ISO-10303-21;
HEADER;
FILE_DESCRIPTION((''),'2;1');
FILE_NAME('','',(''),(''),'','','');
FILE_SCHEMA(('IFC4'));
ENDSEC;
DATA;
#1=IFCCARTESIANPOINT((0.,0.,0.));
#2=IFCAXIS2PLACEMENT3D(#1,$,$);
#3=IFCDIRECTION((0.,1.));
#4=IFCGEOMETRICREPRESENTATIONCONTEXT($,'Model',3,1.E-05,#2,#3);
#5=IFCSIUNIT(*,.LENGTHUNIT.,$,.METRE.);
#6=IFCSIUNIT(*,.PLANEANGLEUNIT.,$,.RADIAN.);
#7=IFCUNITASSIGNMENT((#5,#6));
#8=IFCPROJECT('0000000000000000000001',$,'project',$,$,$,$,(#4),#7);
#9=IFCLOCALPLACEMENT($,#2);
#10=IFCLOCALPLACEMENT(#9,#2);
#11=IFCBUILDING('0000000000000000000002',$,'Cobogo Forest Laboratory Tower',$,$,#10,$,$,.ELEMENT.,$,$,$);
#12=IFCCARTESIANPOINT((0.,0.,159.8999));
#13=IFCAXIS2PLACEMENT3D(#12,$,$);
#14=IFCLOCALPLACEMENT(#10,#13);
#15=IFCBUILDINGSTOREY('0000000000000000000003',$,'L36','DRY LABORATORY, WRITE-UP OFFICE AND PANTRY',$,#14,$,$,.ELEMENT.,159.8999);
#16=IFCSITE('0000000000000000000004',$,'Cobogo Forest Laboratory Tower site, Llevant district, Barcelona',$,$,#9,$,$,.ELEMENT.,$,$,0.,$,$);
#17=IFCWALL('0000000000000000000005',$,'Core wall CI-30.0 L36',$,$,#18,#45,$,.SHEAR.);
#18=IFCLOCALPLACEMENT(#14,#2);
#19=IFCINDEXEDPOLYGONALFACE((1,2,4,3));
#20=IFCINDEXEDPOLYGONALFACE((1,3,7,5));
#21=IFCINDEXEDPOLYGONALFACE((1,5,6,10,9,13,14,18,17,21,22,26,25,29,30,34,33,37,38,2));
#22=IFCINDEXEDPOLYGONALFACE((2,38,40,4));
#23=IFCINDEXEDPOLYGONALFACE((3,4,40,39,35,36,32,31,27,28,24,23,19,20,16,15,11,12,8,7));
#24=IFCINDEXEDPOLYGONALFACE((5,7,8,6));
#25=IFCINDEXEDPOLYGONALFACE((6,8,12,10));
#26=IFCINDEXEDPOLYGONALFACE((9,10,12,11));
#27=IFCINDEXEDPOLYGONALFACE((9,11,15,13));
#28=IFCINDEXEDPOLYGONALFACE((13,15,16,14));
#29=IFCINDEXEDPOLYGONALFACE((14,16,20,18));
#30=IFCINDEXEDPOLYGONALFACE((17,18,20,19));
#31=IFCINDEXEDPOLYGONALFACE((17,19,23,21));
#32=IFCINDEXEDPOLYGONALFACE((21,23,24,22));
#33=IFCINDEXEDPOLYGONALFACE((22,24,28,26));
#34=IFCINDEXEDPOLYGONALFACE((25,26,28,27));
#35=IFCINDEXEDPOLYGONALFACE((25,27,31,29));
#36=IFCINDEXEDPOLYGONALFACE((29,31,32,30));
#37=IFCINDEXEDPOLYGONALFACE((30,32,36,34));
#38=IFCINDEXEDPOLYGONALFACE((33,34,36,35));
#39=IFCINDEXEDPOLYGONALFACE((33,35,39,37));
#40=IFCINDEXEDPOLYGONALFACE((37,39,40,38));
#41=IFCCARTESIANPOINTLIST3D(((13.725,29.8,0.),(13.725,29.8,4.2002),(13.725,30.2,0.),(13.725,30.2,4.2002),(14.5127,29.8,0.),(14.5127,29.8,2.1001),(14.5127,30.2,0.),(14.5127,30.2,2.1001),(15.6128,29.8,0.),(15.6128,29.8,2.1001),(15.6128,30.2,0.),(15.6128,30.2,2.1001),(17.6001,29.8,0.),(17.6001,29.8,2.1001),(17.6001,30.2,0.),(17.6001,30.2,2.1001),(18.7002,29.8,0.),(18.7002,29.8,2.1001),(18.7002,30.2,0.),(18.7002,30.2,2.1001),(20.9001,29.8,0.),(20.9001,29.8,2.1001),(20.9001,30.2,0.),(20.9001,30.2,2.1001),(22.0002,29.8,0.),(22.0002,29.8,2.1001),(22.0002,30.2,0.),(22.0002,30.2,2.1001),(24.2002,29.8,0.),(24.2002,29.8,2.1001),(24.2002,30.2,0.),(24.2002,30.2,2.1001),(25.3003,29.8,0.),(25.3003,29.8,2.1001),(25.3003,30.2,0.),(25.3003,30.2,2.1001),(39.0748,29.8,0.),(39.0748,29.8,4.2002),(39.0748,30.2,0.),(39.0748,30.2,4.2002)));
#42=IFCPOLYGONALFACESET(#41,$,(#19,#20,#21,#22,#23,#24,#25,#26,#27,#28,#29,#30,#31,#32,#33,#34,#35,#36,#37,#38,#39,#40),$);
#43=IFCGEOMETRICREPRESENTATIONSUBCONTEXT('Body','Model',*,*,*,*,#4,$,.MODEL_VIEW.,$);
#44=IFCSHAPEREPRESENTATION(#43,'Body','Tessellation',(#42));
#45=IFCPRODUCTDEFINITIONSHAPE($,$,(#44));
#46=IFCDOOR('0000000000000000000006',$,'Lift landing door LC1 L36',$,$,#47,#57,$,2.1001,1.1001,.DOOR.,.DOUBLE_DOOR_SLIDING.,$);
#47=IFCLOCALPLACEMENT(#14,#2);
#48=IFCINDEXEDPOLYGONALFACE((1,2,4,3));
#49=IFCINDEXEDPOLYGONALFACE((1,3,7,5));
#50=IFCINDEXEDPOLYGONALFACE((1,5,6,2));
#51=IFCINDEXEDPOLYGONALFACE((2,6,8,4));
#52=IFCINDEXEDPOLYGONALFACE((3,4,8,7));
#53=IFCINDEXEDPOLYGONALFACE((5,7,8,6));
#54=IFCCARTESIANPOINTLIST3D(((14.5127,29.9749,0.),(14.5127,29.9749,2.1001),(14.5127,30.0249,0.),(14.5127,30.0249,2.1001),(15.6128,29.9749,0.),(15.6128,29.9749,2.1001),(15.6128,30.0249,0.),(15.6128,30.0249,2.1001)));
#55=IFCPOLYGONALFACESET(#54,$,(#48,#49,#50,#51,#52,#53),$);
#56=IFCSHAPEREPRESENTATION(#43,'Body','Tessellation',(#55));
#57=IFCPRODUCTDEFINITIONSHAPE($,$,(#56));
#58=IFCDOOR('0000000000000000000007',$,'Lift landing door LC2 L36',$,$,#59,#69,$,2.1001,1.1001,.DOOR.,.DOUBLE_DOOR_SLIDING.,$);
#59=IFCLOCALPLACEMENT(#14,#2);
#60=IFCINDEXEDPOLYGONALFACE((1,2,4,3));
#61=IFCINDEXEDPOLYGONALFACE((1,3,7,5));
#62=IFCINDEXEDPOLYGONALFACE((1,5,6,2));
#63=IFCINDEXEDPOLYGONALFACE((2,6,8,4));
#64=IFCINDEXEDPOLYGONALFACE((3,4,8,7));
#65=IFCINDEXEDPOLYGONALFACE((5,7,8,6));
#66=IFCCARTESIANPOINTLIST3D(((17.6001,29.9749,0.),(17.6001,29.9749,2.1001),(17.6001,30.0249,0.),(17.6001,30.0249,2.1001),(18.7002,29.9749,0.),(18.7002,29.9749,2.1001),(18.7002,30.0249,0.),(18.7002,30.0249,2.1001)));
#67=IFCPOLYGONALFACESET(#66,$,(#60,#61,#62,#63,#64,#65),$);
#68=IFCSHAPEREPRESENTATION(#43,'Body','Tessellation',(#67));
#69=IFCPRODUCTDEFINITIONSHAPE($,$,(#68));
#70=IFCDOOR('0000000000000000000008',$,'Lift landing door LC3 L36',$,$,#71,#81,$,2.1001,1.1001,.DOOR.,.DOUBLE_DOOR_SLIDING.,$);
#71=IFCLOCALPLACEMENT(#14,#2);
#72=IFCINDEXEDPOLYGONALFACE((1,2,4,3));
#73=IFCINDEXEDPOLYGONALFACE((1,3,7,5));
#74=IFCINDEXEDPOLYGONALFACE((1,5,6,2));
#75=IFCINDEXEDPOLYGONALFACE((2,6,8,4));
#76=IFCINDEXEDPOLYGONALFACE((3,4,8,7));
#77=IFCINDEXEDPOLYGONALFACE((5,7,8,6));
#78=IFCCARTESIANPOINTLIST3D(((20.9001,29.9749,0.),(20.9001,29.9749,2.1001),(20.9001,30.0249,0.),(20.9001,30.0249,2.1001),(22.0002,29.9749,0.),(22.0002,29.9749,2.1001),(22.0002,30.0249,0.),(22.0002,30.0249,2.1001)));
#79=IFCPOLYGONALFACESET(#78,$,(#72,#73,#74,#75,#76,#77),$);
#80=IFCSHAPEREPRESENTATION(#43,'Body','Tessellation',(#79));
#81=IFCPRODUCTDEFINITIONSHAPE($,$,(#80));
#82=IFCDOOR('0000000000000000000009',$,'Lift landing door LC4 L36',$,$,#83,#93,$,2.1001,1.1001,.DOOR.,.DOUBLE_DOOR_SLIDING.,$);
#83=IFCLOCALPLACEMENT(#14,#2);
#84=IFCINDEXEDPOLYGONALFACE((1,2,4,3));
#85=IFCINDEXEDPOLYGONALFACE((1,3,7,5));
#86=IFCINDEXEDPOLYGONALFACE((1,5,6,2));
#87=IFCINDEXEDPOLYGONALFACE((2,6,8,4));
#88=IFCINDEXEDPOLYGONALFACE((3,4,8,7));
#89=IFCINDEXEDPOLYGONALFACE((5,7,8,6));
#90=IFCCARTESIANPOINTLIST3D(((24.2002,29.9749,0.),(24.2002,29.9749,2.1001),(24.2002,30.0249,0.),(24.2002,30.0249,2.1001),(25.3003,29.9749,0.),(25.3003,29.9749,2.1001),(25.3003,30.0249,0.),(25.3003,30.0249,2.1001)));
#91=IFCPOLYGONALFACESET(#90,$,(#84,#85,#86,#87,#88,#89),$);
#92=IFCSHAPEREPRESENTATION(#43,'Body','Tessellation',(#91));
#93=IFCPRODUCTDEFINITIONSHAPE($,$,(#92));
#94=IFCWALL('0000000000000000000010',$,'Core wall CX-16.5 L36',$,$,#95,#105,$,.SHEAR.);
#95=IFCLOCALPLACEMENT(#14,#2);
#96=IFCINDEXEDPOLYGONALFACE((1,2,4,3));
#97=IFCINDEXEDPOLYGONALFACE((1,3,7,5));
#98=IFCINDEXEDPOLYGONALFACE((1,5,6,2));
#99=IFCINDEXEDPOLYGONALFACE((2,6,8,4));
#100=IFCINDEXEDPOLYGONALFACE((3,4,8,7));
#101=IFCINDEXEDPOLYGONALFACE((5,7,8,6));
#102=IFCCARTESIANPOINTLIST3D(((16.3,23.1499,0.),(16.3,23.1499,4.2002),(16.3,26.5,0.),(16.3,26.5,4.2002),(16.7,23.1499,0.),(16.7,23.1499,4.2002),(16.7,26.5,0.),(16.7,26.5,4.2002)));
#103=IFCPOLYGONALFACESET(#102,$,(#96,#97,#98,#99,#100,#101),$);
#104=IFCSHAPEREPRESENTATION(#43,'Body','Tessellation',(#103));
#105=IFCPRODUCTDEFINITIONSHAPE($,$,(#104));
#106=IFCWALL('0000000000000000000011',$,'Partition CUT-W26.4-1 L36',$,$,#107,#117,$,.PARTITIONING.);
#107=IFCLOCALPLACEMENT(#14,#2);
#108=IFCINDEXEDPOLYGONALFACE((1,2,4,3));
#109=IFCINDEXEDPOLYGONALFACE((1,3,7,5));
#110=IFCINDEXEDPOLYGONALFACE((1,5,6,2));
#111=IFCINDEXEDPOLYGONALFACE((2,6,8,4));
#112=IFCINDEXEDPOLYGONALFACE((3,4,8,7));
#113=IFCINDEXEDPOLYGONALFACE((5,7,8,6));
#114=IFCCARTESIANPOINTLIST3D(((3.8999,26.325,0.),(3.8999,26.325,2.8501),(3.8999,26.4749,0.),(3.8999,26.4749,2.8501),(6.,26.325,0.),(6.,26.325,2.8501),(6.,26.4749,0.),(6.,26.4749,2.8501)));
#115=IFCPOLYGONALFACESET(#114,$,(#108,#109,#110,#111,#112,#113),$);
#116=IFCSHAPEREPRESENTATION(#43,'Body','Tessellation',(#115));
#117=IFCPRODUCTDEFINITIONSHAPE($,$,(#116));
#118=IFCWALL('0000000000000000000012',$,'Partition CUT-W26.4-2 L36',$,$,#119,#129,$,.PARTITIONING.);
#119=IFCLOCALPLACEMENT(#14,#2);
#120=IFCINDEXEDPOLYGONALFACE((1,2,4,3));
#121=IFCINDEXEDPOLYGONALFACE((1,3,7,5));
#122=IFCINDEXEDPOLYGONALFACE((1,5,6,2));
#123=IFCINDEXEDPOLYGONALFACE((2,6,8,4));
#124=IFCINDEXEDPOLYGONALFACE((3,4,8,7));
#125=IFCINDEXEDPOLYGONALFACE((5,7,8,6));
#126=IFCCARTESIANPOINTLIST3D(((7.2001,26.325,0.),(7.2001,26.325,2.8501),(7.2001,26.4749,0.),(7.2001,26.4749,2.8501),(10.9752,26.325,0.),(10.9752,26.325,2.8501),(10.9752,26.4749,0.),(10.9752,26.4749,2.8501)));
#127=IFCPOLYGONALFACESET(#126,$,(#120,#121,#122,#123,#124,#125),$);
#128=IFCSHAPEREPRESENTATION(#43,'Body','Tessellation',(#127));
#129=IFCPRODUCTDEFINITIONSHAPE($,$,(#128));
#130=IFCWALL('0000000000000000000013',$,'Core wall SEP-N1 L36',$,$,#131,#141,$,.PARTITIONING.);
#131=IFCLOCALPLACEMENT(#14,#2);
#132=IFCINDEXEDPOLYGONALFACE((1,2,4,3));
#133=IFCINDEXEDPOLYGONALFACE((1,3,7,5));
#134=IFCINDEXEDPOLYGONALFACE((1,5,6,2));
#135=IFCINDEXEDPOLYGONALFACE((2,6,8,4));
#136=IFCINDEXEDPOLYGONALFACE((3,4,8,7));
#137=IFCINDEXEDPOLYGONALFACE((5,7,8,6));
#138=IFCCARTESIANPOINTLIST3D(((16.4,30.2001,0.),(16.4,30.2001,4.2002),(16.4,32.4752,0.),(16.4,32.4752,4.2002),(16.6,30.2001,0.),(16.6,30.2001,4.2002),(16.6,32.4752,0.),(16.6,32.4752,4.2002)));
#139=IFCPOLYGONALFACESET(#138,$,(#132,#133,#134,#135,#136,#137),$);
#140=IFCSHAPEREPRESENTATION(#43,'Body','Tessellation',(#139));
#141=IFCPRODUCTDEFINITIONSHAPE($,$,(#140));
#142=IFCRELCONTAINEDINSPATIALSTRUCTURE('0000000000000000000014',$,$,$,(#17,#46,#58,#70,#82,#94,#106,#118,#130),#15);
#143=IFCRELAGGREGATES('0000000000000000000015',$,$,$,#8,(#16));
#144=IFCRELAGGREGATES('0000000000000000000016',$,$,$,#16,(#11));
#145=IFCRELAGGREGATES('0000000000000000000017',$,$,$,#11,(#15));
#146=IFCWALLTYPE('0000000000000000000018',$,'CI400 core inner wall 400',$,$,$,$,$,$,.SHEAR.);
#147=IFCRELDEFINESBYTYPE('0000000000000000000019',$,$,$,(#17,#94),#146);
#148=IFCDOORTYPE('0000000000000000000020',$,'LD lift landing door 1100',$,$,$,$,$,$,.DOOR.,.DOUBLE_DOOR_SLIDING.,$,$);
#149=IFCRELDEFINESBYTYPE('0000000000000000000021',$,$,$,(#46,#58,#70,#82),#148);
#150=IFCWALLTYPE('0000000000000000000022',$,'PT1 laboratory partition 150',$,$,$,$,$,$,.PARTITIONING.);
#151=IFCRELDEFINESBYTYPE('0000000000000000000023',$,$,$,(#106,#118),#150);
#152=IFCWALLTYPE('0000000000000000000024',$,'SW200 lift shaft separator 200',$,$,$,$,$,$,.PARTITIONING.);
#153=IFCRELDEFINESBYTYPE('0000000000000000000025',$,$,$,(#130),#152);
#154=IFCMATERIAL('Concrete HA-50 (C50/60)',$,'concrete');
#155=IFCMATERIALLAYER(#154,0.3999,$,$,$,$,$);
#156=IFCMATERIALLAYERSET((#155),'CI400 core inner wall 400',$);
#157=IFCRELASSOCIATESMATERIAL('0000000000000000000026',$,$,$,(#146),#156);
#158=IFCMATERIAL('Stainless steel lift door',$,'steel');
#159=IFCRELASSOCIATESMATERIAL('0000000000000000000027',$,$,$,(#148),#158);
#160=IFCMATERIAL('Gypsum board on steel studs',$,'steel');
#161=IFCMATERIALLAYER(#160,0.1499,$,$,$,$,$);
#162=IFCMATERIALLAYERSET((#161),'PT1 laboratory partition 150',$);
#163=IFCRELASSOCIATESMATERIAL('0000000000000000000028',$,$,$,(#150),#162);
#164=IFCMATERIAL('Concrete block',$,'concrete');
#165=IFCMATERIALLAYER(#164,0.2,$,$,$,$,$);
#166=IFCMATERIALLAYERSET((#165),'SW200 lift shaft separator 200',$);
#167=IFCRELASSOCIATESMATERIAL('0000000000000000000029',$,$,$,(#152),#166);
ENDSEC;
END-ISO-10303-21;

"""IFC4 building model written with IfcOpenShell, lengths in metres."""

from ifc_helpers import new_model, si_unit, direction, frame, frame_2d, origin, place, context, subcontext, project, spatial, rectangle, extrude, material, layer, layer_set, type_object, element, fill, save


model = new_model("IFC4")

# Units and contexts
model_context = context("Model", 3, precision=1e-05, world=origin(), true_north=direction((0.0, 1.0)))
body_context = subcontext(model_context, "Body", "Model", "MODEL_VIEW")
ifc_project = project(units=[si_unit("LENGTHUNIT", "METRE"), si_unit("PLANEANGLEUNIT", "RADIAN")], contexts=[model_context])

# Site, building, storey
site_placement = place(None, origin())
site = spatial("IfcSite", under=ifc_project, at=site_placement, Name="Cobogo Forest Laboratory Tower site, Llevant district, Barcelona", CompositionType="ELEMENT", RefElevation=0.0)
building_placement = place(site_placement, origin())
building = spatial("IfcBuilding", under=site, at=building_placement, Name="Cobogo Forest Laboratory Tower", CompositionType="ELEMENT")
storey_placement = place(building_placement, frame((0.0, 0.0, 159.8999)))
storey = spatial("IfcBuildingStorey", under=building, at=storey_placement, Name="L36", Description="DRY LABORATORY, WRITE-UP OFFICE AND PANTRY", CompositionType="ELEMENT", Elevation=159.8999)

# Shared definitions
ifc_material_1 = material(Name="Concrete HA-50 (C50/60)", Category="concrete")

# Shared definitions
ifc_layer_1 = layer(ifc_material_1, 0.3999)
ifc_layer_set_1 = layer_set([ifc_layer_1], Name="CI400 core inner wall 400")
wall_type_1 = type_object("IfcWallType", Name="CI400 core inner wall 400", PredefinedType="SHEAR", material=ifc_layer_set_1)

# Wall, openings, doors
ifc_material_2 = material(Name="Stainless steel lift door", Category="steel")
door_type_1 = type_object("IfcDoorType", Name="LD lift landing door 1100", OperationType="DOUBLE_DOOR_SLIDING", PredefinedType="DOOR", material=ifc_material_2)
wall_1_placement = place(storey_placement, frame((13.7251, 30.0, 0.0), z_axis=(0.0, 0.0, 1.0), x_axis=(1.0, 0.0, 0.0)))
wall_1 = element("IfcWall", 1, at=wall_1_placement, inside=storey, type_object=wall_type_1, Name="Core wall CI-30.0 L36", PredefinedType="SHEAR", context=body_context, shape_type="SweptSolid", body=[
    extrude(rectangle(XDim=25.3499, YDim=0.3999, at=frame_2d((12.6748, 0.0))), origin(), (0.0, 0.0, 1.0), 4.2002),
])
opening_1_placement = place(wall_1_placement, frame((0.7876, 0.0, 0.0)))
opening_1 = element("IfcOpeningElement", 2, at=opening_1_placement, cuts=wall_1, PredefinedType="OPENING", context=body_context, shape_type="SweptSolid", body=[
    extrude(rectangle(XDim=1.1001, YDim=2.1001, at=frame_2d((0.55, 1.05))), frame((0.0, 0.21, 0.0), z_axis=(0.0, -1.0, 0.0), x_axis=(1.0, 0.0, 0.0)), (0.0, 0.0, 1.0), 0.4199),
])
opening_2_placement = place(wall_1_placement, frame((3.875, 0.0, 0.0)))
opening_2 = element("IfcOpeningElement", 3, at=opening_2_placement, cuts=wall_1, PredefinedType="OPENING", context=body_context, shape_type="SweptSolid", body=[
    extrude(rectangle(XDim=1.1001, YDim=2.1001, at=frame_2d((0.55, 1.05))), frame((0.0, 0.21, 0.0), z_axis=(0.0, -1.0, 0.0), x_axis=(1.0, 0.0, 0.0)), (0.0, 0.0, 1.0), 0.4199),
])
opening_3_placement = place(wall_1_placement, frame((7.175, 0.0, 0.0)))
opening_3 = element("IfcOpeningElement", 4, at=opening_3_placement, cuts=wall_1, PredefinedType="OPENING", context=body_context, shape_type="SweptSolid", body=[
    extrude(rectangle(XDim=1.1001, YDim=2.1001, at=frame_2d((0.55, 1.05))), frame((0.0, 0.21, 0.0), z_axis=(0.0, -1.0, 0.0), x_axis=(1.0, 0.0, 0.0)), (0.0, 0.0, 1.0), 0.4199),
])
opening_4_placement = place(wall_1_placement, frame((10.4751, 0.0, 0.0)))
opening_4 = element("IfcOpeningElement", 5, at=opening_4_placement, cuts=wall_1, PredefinedType="OPENING", context=body_context, shape_type="SweptSolid", body=[
    extrude(rectangle(XDim=1.1001, YDim=2.1001, at=frame_2d((0.55, 1.05))), frame((0.0, 0.21, 0.0), z_axis=(0.0, -1.0, 0.0), x_axis=(1.0, 0.0, 0.0)), (0.0, 0.0, 1.0), 0.4199),
])
door_1_placement = place(opening_1_placement, origin())
door_1 = element("IfcDoor", 6, at=door_1_placement, inside=storey, type_object=door_type_1, Name="Lift landing door LC1 L36", OperationType="DOUBLE_DOOR_SLIDING", OverallHeight=2.1001, OverallWidth=1.1001, PredefinedType="DOOR", context=body_context, shape_type="SweptSolid", body=[
    extrude(rectangle(XDim=1.1001, YDim=2.1001, at=frame_2d((0.55, 1.05))), frame((0.0, 0.0249, 0.0), z_axis=(0.0, -1.0, 0.0), x_axis=(1.0, 0.0, 0.0)), (0.0, 0.0, 1.0), 0.05),
])
fill(opening_1, door_1)
door_2_placement = place(opening_2_placement, origin())
door_2 = element("IfcDoor", 7, at=door_2_placement, inside=storey, type_object=door_type_1, Name="Lift landing door LC2 L36", OperationType="DOUBLE_DOOR_SLIDING", OverallHeight=2.1001, OverallWidth=1.1001, PredefinedType="DOOR", context=body_context, shape_type="SweptSolid", body=[
    extrude(rectangle(XDim=1.1001, YDim=2.1001, at=frame_2d((0.55, 1.05))), frame((0.0, 0.0249, 0.0), z_axis=(0.0, -1.0, 0.0), x_axis=(1.0, 0.0, 0.0)), (0.0, 0.0, 1.0), 0.05),
])
fill(opening_2, door_2)
door_3_placement = place(opening_3_placement, origin())
door_3 = element("IfcDoor", 8, at=door_3_placement, inside=storey, type_object=door_type_1, Name="Lift landing door LC3 L36", OperationType="DOUBLE_DOOR_SLIDING", OverallHeight=2.1001, OverallWidth=1.1001, PredefinedType="DOOR", context=body_context, shape_type="SweptSolid", body=[
    extrude(rectangle(XDim=1.1001, YDim=2.1001, at=frame_2d((0.55, 1.05))), frame((0.0, 0.0249, 0.0), z_axis=(0.0, -1.0, 0.0), x_axis=(1.0, 0.0, 0.0)), (0.0, 0.0, 1.0), 0.05),
])
fill(opening_3, door_3)
door_4_placement = place(opening_4_placement, origin())
door_4 = element("IfcDoor", 9, at=door_4_placement, inside=storey, type_object=door_type_1, Name="Lift landing door LC4 L36", OperationType="DOUBLE_DOOR_SLIDING", OverallHeight=2.1001, OverallWidth=1.1001, PredefinedType="DOOR", context=body_context, shape_type="SweptSolid", body=[
    extrude(rectangle(XDim=1.1001, YDim=2.1001, at=frame_2d((0.55, 1.05))), frame((0.0, 0.0249, 0.0), z_axis=(0.0, -1.0, 0.0), x_axis=(1.0, 0.0, 0.0)), (0.0, 0.0, 1.0), 0.05),
])
fill(opening_4, door_4)

# Walls
wall_2_placement = place(storey_placement, frame((16.5, 23.1499, 0.0), z_axis=(0.0, 0.0, 1.0), x_axis=(0.0, 1.0, 0.0)))
element("IfcWall", 10, at=wall_2_placement, inside=storey, type_object=wall_type_1, Name="Core wall CX-16.5 L36", PredefinedType="SHEAR", context=body_context, shape_type="SweptSolid", body=[
    extrude(rectangle(XDim=3.3501, YDim=0.3999, at=frame_2d((1.675, 0.0))), origin(), (0.0, 0.0, 1.0), 4.2002),
])
ifc_material_3 = material(Name="Gypsum board on steel studs", Category="steel")
ifc_layer_2 = layer(ifc_material_3, 0.1499)
ifc_layer_set_2 = layer_set([ifc_layer_2], Name="PT1 laboratory partition 150")
wall_type_2 = type_object("IfcWallType", Name="PT1 laboratory partition 150", PredefinedType="PARTITIONING", material=ifc_layer_set_2)
wall_3_placement = place(storey_placement, frame((3.8999, 26.3999, 0.0), z_axis=(0.0, 0.0, 1.0), x_axis=(1.0, 0.0, 0.0)))
element("IfcWall", 11, at=wall_3_placement, inside=storey, type_object=wall_type_2, Name="Partition CUT-W26.4-1 L36", PredefinedType="PARTITIONING", context=body_context, shape_type="SweptSolid", body=[
    extrude(rectangle(XDim=2.1001, YDim=0.1499, at=frame_2d((1.05, 0.0))), origin(), (0.0, 0.0, 1.0), 2.8501),
])
wall_4_placement = place(storey_placement, frame((7.2, 26.3999, 0.0), z_axis=(0.0, 0.0, 1.0), x_axis=(1.0, 0.0, 0.0)))
element("IfcWall", 12, at=wall_4_placement, inside=storey, type_object=wall_type_2, Name="Partition CUT-W26.4-2 L36", PredefinedType="PARTITIONING", context=body_context, shape_type="SweptSolid", body=[
    extrude(rectangle(XDim=3.7751, YDim=0.1499, at=frame_2d((1.8877, 0.0))), origin(), (0.0, 0.0, 1.0), 2.8501),
])
ifc_material_4 = material(Name="Concrete block", Category="concrete")
ifc_layer_3 = layer(ifc_material_4, 0.2)
ifc_layer_set_3 = layer_set([ifc_layer_3], Name="SW200 lift shaft separator 200")
wall_type_3 = type_object("IfcWallType", Name="SW200 lift shaft separator 200", PredefinedType="PARTITIONING", material=ifc_layer_set_3)
wall_5_placement = place(storey_placement, frame((16.5, 30.2, 0.0), z_axis=(0.0, 0.0, 1.0), x_axis=(0.0, 1.0, 0.0)))
element("IfcWall", 13, at=wall_5_placement, inside=storey, type_object=wall_type_3, Name="Core wall SEP-N1 L36", PredefinedType="PARTITIONING", context=body_context, shape_type="SweptSolid", body=[
    extrude(rectangle(XDim=2.2751, YDim=0.2, at=frame_2d((1.1377, 0.0))), origin(), (0.0, 0.0, 1.0), 4.2002),
])

save(model, "model.ifc")
